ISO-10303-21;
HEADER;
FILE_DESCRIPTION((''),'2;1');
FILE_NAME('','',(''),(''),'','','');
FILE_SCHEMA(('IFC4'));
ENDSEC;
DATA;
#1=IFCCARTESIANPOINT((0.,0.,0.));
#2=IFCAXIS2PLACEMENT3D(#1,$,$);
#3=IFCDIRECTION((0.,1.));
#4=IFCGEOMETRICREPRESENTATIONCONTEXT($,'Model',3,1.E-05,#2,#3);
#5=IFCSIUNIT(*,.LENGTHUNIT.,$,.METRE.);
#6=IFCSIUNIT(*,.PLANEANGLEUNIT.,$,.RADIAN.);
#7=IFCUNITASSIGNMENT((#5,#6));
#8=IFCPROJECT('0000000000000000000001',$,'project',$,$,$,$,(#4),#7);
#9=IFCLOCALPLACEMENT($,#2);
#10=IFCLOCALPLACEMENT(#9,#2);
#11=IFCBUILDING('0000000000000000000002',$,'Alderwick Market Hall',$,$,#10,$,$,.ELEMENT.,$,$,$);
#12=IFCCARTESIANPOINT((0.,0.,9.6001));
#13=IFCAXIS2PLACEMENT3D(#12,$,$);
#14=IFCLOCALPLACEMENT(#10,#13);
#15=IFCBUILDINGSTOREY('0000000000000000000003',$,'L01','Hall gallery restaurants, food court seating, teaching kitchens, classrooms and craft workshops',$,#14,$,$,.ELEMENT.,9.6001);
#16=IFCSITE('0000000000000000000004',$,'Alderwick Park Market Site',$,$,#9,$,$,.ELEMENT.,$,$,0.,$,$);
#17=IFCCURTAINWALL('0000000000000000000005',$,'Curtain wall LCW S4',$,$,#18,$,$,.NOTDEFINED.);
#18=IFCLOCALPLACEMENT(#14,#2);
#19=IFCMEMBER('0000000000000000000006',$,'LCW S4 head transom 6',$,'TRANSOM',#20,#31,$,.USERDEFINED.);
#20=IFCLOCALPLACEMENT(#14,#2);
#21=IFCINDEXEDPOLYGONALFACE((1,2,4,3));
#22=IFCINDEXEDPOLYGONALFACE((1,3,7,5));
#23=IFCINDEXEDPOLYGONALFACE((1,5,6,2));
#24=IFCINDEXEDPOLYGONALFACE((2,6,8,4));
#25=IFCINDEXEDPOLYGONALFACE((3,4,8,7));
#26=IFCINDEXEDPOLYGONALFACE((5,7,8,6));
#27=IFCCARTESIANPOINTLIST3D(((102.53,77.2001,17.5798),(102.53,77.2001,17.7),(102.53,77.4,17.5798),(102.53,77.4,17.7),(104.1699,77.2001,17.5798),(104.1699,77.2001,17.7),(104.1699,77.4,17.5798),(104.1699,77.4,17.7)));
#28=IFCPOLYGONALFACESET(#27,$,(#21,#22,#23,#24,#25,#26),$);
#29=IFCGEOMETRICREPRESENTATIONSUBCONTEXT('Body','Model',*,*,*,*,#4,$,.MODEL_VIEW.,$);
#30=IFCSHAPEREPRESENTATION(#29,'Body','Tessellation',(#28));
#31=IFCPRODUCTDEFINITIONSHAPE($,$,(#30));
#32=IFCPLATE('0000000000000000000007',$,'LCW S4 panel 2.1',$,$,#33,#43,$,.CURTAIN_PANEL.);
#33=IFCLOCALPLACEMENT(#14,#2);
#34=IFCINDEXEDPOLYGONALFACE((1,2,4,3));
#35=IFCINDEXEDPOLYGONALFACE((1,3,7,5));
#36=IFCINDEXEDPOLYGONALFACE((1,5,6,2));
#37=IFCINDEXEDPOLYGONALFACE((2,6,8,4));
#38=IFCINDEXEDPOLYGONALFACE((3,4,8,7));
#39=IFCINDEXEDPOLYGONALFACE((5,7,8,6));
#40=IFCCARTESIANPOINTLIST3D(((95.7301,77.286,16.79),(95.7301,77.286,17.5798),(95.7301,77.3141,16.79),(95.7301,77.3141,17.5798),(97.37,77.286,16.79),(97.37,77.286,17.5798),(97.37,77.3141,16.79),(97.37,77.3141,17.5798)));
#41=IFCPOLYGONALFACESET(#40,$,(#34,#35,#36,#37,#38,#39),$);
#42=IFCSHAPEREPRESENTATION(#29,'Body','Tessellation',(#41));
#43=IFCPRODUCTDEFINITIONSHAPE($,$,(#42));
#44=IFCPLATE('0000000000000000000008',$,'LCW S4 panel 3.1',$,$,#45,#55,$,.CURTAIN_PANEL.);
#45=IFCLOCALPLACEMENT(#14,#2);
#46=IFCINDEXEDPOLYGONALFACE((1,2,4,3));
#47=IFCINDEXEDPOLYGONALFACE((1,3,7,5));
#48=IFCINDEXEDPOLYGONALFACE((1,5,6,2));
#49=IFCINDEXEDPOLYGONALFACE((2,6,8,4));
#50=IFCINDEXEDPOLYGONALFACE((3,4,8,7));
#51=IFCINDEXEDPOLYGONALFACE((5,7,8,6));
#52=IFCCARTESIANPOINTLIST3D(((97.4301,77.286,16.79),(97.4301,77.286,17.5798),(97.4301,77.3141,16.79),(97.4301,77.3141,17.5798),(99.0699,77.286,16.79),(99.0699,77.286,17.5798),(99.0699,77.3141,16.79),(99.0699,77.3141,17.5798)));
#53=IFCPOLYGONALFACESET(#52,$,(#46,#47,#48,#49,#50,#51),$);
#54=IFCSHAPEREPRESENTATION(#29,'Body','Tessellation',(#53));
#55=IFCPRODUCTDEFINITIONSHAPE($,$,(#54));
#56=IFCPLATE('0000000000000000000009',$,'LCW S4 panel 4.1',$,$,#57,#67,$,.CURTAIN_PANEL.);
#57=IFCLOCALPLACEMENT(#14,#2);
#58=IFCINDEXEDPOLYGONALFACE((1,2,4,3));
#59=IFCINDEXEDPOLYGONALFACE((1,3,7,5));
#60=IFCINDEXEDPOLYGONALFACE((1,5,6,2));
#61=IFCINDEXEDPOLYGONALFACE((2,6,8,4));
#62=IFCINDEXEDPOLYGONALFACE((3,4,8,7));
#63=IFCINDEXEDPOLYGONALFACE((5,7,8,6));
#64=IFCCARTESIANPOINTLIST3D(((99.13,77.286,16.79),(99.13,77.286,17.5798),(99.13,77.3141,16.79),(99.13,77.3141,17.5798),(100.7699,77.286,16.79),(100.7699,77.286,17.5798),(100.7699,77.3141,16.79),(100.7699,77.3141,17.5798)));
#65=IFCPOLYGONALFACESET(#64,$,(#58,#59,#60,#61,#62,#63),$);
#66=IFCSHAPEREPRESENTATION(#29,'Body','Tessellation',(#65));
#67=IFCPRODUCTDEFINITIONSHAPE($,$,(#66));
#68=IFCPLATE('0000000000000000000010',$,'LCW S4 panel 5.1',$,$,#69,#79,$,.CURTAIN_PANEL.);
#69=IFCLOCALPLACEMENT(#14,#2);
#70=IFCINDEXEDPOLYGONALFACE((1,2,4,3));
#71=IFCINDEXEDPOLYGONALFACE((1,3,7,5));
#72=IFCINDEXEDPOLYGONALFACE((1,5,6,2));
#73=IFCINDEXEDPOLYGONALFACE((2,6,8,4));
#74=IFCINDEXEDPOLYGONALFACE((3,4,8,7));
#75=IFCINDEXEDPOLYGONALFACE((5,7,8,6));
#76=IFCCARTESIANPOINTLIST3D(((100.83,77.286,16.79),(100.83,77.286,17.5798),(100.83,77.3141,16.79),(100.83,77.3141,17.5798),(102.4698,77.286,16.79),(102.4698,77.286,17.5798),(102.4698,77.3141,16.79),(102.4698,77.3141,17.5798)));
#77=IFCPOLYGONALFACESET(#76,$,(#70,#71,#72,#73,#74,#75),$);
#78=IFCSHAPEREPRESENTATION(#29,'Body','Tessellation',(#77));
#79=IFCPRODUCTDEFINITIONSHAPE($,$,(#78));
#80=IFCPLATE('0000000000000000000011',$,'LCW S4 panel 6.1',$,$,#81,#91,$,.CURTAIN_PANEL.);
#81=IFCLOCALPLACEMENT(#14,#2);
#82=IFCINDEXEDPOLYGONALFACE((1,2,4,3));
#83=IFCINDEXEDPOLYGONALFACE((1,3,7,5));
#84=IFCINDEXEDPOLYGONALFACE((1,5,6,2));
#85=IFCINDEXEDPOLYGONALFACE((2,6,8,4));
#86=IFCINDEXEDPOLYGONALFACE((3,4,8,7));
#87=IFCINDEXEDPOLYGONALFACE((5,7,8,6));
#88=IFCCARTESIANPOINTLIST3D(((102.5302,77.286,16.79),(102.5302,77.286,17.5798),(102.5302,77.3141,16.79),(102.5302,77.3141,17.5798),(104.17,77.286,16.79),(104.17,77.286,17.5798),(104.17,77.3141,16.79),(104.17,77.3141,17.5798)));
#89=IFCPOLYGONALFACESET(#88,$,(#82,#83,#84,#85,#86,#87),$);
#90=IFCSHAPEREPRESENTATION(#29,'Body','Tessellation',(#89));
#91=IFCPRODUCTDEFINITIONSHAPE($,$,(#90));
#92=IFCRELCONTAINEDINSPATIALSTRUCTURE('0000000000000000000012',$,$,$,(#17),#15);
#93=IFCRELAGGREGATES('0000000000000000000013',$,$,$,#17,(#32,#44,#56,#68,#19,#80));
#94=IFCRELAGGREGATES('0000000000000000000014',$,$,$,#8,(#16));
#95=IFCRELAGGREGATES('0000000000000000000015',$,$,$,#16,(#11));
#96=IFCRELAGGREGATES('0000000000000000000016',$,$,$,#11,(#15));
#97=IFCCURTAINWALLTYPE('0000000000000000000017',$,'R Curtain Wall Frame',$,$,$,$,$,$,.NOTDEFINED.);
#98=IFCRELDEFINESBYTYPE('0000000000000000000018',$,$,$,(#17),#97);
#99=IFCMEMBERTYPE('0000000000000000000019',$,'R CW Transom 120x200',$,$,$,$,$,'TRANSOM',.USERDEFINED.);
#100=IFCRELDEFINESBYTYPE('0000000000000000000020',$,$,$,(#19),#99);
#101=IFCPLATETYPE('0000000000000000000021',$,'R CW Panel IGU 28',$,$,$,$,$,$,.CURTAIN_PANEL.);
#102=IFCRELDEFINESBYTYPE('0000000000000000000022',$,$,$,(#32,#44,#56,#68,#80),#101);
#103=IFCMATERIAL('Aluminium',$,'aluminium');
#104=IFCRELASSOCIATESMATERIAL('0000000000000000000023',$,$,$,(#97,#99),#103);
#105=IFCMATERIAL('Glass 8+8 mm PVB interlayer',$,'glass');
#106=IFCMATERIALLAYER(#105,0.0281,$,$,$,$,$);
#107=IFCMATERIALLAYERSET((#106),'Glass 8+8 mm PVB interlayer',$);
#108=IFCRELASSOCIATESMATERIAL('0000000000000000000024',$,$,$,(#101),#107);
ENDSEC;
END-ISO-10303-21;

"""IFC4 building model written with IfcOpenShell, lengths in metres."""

from ifc_helpers import new_model, si_unit, direction, frame, origin, origin_2d, place, context, subcontext, project, spatial, rectangle, extrude, material, layer, layer_set, material_profile, profile_set, type_object, element, aggregate, save


model = new_model("IFC4")

# Units and contexts
model_context = context("Model", 3, precision=1e-05, world=origin(), true_north=direction((0.0, 1.0)))
body_context = subcontext(model_context, "Body", "Model", "MODEL_VIEW")
ifc_project = project(units=[si_unit("LENGTHUNIT", "METRE"), si_unit("PLANEANGLEUNIT", "RADIAN")], contexts=[model_context])

# Site, building, storey
site_placement = place(None, origin())
site = spatial("IfcSite", under=ifc_project, at=site_placement, Name="Alderwick Park Market Site", CompositionType="ELEMENT", RefElevation=0.0)
building_placement = place(site_placement, origin())
building = spatial("IfcBuilding", under=site, at=building_placement, Name="Alderwick Market Hall", CompositionType="ELEMENT")
storey_placement = place(building_placement, frame((0.0, 0.0, 9.6001)))
storey = spatial("IfcBuildingStorey", under=building, at=storey_placement, Name="L01", Description="Hall gallery restaurants, food court seating, teaching kitchens, classrooms and craft workshops", CompositionType="ELEMENT", Elevation=9.6001)

# Curtain wall, member, plates
ifc_material_1 = material(Name="Aluminium", Category="aluminium")
curtain_wall_type = type_object("IfcCurtainWallType", Name="R Curtain Wall Frame", PredefinedType="NOTDEFINED", material=ifc_material_1)
curtain_wall_placement = place(storey_placement, origin())
curtain_wall = element("IfcCurtainWall", 1, at=curtain_wall_placement, inside=storey, type_object=curtain_wall_type, Name="Curtain wall LCW S4", PredefinedType="NOTDEFINED")
ifc_material_profile_1 = material_profile(ifc_material_1, rectangle(XDim=0.2, YDim=0.1201, at=origin_2d()), Name="AL 120x200")
ifc_profile_set_1 = profile_set([ifc_material_profile_1], Name="Aluminium")
member_type_1 = type_object("IfcMemberType", Name="R CW Transom 120x200", ElementType="TRANSOM", PredefinedType="USERDEFINED", material=ifc_profile_set_1)
member_1_placement = place(storey_placement, frame((102.53, 77.3, 17.6399), z_axis=(1.0, 0.0, 0.0), x_axis=(0.0, 1.0, 0.0)))
member_1 = element("IfcMember", 2, at=member_1_placement, type_object=member_type_1, Name="LCW S4 head transom 6", ObjectType="TRANSOM", PredefinedType="USERDEFINED", context=body_context, shape_type="SweptSolid", body=[
    extrude(rectangle(XDim=0.2, YDim=0.1201, at=origin_2d()), origin(), (0.0, 0.0, 1.0), 1.6399),
])
ifc_material_2 = material(Name="Glass 8+8 mm PVB interlayer", Category="glass")
ifc_layer = layer(ifc_material_2, 0.0281)
ifc_layer_set = layer_set([ifc_layer], Name="Glass 8+8 mm PVB interlayer")
plate_type = type_object("IfcPlateType", Name="R CW Panel IGU 28", PredefinedType="CURTAIN_PANEL", material=ifc_layer_set)
plate_1_placement = place(storey_placement, frame((96.55, 77.3, 16.79), z_axis=(0.0, 0.0, 1.0), x_axis=(1.0, 0.0, 0.0)))
plate_1 = element("IfcPlate", 3, at=plate_1_placement, type_object=plate_type, Name="LCW S4 panel 2.1", PredefinedType="CURTAIN_PANEL", context=body_context, shape_type="SweptSolid", body=[
    extrude(rectangle(XDim=1.6399, YDim=0.0281, at=origin_2d()), origin(), (0.0, 0.0, 1.0), 0.7898),
])
plate_2_placement = place(storey_placement, frame((98.25, 77.3, 16.79), z_axis=(0.0, 0.0, 1.0), x_axis=(1.0, 0.0, 0.0)))
plate_2 = element("IfcPlate", 4, at=plate_2_placement, type_object=plate_type, Name="LCW S4 panel 3.1", PredefinedType="CURTAIN_PANEL", context=body_context, shape_type="SweptSolid", body=[
    extrude(rectangle(XDim=1.6399, YDim=0.0281, at=origin_2d()), origin(), (0.0, 0.0, 1.0), 0.7898),
])
plate_3_placement = place(storey_placement, frame((99.95, 77.3, 16.79), z_axis=(0.0, 0.0, 1.0), x_axis=(1.0, 0.0, 0.0)))
plate_3 = element("IfcPlate", 5, at=plate_3_placement, type_object=plate_type, Name="LCW S4 panel 4.1", PredefinedType="CURTAIN_PANEL", context=body_context, shape_type="SweptSolid", body=[
    extrude(rectangle(XDim=1.6399, YDim=0.0281, at=origin_2d()), origin(), (0.0, 0.0, 1.0), 0.7898),
])
plate_4_placement = place(storey_placement, frame((101.6499, 77.3, 16.79), z_axis=(0.0, 0.0, 1.0), x_axis=(1.0, 0.0, 0.0)))
plate_4 = element("IfcPlate", 6, at=plate_4_placement, type_object=plate_type, Name="LCW S4 panel 5.1", PredefinedType="CURTAIN_PANEL", context=body_context, shape_type="SweptSolid", body=[
    extrude(rectangle(XDim=1.6399, YDim=0.0281, at=origin_2d()), origin(), (0.0, 0.0, 1.0), 0.7898),
])
plate_5_placement = place(storey_placement, frame((103.3501, 77.3, 16.79), z_axis=(0.0, 0.0, 1.0), x_axis=(1.0, 0.0, 0.0)))
plate_5 = element("IfcPlate", 7, at=plate_5_placement, type_object=plate_type, Name="LCW S4 panel 6.1", PredefinedType="CURTAIN_PANEL", context=body_context, shape_type="SweptSolid", body=[
    extrude(rectangle(XDim=1.6399, YDim=0.0281, at=origin_2d()), origin(), (0.0, 0.0, 1.0), 0.7898),
])
aggregate(curtain_wall, [plate_1, plate_2, plate_3, plate_4, member_1, plate_5])

save(model, "model.ifc")
